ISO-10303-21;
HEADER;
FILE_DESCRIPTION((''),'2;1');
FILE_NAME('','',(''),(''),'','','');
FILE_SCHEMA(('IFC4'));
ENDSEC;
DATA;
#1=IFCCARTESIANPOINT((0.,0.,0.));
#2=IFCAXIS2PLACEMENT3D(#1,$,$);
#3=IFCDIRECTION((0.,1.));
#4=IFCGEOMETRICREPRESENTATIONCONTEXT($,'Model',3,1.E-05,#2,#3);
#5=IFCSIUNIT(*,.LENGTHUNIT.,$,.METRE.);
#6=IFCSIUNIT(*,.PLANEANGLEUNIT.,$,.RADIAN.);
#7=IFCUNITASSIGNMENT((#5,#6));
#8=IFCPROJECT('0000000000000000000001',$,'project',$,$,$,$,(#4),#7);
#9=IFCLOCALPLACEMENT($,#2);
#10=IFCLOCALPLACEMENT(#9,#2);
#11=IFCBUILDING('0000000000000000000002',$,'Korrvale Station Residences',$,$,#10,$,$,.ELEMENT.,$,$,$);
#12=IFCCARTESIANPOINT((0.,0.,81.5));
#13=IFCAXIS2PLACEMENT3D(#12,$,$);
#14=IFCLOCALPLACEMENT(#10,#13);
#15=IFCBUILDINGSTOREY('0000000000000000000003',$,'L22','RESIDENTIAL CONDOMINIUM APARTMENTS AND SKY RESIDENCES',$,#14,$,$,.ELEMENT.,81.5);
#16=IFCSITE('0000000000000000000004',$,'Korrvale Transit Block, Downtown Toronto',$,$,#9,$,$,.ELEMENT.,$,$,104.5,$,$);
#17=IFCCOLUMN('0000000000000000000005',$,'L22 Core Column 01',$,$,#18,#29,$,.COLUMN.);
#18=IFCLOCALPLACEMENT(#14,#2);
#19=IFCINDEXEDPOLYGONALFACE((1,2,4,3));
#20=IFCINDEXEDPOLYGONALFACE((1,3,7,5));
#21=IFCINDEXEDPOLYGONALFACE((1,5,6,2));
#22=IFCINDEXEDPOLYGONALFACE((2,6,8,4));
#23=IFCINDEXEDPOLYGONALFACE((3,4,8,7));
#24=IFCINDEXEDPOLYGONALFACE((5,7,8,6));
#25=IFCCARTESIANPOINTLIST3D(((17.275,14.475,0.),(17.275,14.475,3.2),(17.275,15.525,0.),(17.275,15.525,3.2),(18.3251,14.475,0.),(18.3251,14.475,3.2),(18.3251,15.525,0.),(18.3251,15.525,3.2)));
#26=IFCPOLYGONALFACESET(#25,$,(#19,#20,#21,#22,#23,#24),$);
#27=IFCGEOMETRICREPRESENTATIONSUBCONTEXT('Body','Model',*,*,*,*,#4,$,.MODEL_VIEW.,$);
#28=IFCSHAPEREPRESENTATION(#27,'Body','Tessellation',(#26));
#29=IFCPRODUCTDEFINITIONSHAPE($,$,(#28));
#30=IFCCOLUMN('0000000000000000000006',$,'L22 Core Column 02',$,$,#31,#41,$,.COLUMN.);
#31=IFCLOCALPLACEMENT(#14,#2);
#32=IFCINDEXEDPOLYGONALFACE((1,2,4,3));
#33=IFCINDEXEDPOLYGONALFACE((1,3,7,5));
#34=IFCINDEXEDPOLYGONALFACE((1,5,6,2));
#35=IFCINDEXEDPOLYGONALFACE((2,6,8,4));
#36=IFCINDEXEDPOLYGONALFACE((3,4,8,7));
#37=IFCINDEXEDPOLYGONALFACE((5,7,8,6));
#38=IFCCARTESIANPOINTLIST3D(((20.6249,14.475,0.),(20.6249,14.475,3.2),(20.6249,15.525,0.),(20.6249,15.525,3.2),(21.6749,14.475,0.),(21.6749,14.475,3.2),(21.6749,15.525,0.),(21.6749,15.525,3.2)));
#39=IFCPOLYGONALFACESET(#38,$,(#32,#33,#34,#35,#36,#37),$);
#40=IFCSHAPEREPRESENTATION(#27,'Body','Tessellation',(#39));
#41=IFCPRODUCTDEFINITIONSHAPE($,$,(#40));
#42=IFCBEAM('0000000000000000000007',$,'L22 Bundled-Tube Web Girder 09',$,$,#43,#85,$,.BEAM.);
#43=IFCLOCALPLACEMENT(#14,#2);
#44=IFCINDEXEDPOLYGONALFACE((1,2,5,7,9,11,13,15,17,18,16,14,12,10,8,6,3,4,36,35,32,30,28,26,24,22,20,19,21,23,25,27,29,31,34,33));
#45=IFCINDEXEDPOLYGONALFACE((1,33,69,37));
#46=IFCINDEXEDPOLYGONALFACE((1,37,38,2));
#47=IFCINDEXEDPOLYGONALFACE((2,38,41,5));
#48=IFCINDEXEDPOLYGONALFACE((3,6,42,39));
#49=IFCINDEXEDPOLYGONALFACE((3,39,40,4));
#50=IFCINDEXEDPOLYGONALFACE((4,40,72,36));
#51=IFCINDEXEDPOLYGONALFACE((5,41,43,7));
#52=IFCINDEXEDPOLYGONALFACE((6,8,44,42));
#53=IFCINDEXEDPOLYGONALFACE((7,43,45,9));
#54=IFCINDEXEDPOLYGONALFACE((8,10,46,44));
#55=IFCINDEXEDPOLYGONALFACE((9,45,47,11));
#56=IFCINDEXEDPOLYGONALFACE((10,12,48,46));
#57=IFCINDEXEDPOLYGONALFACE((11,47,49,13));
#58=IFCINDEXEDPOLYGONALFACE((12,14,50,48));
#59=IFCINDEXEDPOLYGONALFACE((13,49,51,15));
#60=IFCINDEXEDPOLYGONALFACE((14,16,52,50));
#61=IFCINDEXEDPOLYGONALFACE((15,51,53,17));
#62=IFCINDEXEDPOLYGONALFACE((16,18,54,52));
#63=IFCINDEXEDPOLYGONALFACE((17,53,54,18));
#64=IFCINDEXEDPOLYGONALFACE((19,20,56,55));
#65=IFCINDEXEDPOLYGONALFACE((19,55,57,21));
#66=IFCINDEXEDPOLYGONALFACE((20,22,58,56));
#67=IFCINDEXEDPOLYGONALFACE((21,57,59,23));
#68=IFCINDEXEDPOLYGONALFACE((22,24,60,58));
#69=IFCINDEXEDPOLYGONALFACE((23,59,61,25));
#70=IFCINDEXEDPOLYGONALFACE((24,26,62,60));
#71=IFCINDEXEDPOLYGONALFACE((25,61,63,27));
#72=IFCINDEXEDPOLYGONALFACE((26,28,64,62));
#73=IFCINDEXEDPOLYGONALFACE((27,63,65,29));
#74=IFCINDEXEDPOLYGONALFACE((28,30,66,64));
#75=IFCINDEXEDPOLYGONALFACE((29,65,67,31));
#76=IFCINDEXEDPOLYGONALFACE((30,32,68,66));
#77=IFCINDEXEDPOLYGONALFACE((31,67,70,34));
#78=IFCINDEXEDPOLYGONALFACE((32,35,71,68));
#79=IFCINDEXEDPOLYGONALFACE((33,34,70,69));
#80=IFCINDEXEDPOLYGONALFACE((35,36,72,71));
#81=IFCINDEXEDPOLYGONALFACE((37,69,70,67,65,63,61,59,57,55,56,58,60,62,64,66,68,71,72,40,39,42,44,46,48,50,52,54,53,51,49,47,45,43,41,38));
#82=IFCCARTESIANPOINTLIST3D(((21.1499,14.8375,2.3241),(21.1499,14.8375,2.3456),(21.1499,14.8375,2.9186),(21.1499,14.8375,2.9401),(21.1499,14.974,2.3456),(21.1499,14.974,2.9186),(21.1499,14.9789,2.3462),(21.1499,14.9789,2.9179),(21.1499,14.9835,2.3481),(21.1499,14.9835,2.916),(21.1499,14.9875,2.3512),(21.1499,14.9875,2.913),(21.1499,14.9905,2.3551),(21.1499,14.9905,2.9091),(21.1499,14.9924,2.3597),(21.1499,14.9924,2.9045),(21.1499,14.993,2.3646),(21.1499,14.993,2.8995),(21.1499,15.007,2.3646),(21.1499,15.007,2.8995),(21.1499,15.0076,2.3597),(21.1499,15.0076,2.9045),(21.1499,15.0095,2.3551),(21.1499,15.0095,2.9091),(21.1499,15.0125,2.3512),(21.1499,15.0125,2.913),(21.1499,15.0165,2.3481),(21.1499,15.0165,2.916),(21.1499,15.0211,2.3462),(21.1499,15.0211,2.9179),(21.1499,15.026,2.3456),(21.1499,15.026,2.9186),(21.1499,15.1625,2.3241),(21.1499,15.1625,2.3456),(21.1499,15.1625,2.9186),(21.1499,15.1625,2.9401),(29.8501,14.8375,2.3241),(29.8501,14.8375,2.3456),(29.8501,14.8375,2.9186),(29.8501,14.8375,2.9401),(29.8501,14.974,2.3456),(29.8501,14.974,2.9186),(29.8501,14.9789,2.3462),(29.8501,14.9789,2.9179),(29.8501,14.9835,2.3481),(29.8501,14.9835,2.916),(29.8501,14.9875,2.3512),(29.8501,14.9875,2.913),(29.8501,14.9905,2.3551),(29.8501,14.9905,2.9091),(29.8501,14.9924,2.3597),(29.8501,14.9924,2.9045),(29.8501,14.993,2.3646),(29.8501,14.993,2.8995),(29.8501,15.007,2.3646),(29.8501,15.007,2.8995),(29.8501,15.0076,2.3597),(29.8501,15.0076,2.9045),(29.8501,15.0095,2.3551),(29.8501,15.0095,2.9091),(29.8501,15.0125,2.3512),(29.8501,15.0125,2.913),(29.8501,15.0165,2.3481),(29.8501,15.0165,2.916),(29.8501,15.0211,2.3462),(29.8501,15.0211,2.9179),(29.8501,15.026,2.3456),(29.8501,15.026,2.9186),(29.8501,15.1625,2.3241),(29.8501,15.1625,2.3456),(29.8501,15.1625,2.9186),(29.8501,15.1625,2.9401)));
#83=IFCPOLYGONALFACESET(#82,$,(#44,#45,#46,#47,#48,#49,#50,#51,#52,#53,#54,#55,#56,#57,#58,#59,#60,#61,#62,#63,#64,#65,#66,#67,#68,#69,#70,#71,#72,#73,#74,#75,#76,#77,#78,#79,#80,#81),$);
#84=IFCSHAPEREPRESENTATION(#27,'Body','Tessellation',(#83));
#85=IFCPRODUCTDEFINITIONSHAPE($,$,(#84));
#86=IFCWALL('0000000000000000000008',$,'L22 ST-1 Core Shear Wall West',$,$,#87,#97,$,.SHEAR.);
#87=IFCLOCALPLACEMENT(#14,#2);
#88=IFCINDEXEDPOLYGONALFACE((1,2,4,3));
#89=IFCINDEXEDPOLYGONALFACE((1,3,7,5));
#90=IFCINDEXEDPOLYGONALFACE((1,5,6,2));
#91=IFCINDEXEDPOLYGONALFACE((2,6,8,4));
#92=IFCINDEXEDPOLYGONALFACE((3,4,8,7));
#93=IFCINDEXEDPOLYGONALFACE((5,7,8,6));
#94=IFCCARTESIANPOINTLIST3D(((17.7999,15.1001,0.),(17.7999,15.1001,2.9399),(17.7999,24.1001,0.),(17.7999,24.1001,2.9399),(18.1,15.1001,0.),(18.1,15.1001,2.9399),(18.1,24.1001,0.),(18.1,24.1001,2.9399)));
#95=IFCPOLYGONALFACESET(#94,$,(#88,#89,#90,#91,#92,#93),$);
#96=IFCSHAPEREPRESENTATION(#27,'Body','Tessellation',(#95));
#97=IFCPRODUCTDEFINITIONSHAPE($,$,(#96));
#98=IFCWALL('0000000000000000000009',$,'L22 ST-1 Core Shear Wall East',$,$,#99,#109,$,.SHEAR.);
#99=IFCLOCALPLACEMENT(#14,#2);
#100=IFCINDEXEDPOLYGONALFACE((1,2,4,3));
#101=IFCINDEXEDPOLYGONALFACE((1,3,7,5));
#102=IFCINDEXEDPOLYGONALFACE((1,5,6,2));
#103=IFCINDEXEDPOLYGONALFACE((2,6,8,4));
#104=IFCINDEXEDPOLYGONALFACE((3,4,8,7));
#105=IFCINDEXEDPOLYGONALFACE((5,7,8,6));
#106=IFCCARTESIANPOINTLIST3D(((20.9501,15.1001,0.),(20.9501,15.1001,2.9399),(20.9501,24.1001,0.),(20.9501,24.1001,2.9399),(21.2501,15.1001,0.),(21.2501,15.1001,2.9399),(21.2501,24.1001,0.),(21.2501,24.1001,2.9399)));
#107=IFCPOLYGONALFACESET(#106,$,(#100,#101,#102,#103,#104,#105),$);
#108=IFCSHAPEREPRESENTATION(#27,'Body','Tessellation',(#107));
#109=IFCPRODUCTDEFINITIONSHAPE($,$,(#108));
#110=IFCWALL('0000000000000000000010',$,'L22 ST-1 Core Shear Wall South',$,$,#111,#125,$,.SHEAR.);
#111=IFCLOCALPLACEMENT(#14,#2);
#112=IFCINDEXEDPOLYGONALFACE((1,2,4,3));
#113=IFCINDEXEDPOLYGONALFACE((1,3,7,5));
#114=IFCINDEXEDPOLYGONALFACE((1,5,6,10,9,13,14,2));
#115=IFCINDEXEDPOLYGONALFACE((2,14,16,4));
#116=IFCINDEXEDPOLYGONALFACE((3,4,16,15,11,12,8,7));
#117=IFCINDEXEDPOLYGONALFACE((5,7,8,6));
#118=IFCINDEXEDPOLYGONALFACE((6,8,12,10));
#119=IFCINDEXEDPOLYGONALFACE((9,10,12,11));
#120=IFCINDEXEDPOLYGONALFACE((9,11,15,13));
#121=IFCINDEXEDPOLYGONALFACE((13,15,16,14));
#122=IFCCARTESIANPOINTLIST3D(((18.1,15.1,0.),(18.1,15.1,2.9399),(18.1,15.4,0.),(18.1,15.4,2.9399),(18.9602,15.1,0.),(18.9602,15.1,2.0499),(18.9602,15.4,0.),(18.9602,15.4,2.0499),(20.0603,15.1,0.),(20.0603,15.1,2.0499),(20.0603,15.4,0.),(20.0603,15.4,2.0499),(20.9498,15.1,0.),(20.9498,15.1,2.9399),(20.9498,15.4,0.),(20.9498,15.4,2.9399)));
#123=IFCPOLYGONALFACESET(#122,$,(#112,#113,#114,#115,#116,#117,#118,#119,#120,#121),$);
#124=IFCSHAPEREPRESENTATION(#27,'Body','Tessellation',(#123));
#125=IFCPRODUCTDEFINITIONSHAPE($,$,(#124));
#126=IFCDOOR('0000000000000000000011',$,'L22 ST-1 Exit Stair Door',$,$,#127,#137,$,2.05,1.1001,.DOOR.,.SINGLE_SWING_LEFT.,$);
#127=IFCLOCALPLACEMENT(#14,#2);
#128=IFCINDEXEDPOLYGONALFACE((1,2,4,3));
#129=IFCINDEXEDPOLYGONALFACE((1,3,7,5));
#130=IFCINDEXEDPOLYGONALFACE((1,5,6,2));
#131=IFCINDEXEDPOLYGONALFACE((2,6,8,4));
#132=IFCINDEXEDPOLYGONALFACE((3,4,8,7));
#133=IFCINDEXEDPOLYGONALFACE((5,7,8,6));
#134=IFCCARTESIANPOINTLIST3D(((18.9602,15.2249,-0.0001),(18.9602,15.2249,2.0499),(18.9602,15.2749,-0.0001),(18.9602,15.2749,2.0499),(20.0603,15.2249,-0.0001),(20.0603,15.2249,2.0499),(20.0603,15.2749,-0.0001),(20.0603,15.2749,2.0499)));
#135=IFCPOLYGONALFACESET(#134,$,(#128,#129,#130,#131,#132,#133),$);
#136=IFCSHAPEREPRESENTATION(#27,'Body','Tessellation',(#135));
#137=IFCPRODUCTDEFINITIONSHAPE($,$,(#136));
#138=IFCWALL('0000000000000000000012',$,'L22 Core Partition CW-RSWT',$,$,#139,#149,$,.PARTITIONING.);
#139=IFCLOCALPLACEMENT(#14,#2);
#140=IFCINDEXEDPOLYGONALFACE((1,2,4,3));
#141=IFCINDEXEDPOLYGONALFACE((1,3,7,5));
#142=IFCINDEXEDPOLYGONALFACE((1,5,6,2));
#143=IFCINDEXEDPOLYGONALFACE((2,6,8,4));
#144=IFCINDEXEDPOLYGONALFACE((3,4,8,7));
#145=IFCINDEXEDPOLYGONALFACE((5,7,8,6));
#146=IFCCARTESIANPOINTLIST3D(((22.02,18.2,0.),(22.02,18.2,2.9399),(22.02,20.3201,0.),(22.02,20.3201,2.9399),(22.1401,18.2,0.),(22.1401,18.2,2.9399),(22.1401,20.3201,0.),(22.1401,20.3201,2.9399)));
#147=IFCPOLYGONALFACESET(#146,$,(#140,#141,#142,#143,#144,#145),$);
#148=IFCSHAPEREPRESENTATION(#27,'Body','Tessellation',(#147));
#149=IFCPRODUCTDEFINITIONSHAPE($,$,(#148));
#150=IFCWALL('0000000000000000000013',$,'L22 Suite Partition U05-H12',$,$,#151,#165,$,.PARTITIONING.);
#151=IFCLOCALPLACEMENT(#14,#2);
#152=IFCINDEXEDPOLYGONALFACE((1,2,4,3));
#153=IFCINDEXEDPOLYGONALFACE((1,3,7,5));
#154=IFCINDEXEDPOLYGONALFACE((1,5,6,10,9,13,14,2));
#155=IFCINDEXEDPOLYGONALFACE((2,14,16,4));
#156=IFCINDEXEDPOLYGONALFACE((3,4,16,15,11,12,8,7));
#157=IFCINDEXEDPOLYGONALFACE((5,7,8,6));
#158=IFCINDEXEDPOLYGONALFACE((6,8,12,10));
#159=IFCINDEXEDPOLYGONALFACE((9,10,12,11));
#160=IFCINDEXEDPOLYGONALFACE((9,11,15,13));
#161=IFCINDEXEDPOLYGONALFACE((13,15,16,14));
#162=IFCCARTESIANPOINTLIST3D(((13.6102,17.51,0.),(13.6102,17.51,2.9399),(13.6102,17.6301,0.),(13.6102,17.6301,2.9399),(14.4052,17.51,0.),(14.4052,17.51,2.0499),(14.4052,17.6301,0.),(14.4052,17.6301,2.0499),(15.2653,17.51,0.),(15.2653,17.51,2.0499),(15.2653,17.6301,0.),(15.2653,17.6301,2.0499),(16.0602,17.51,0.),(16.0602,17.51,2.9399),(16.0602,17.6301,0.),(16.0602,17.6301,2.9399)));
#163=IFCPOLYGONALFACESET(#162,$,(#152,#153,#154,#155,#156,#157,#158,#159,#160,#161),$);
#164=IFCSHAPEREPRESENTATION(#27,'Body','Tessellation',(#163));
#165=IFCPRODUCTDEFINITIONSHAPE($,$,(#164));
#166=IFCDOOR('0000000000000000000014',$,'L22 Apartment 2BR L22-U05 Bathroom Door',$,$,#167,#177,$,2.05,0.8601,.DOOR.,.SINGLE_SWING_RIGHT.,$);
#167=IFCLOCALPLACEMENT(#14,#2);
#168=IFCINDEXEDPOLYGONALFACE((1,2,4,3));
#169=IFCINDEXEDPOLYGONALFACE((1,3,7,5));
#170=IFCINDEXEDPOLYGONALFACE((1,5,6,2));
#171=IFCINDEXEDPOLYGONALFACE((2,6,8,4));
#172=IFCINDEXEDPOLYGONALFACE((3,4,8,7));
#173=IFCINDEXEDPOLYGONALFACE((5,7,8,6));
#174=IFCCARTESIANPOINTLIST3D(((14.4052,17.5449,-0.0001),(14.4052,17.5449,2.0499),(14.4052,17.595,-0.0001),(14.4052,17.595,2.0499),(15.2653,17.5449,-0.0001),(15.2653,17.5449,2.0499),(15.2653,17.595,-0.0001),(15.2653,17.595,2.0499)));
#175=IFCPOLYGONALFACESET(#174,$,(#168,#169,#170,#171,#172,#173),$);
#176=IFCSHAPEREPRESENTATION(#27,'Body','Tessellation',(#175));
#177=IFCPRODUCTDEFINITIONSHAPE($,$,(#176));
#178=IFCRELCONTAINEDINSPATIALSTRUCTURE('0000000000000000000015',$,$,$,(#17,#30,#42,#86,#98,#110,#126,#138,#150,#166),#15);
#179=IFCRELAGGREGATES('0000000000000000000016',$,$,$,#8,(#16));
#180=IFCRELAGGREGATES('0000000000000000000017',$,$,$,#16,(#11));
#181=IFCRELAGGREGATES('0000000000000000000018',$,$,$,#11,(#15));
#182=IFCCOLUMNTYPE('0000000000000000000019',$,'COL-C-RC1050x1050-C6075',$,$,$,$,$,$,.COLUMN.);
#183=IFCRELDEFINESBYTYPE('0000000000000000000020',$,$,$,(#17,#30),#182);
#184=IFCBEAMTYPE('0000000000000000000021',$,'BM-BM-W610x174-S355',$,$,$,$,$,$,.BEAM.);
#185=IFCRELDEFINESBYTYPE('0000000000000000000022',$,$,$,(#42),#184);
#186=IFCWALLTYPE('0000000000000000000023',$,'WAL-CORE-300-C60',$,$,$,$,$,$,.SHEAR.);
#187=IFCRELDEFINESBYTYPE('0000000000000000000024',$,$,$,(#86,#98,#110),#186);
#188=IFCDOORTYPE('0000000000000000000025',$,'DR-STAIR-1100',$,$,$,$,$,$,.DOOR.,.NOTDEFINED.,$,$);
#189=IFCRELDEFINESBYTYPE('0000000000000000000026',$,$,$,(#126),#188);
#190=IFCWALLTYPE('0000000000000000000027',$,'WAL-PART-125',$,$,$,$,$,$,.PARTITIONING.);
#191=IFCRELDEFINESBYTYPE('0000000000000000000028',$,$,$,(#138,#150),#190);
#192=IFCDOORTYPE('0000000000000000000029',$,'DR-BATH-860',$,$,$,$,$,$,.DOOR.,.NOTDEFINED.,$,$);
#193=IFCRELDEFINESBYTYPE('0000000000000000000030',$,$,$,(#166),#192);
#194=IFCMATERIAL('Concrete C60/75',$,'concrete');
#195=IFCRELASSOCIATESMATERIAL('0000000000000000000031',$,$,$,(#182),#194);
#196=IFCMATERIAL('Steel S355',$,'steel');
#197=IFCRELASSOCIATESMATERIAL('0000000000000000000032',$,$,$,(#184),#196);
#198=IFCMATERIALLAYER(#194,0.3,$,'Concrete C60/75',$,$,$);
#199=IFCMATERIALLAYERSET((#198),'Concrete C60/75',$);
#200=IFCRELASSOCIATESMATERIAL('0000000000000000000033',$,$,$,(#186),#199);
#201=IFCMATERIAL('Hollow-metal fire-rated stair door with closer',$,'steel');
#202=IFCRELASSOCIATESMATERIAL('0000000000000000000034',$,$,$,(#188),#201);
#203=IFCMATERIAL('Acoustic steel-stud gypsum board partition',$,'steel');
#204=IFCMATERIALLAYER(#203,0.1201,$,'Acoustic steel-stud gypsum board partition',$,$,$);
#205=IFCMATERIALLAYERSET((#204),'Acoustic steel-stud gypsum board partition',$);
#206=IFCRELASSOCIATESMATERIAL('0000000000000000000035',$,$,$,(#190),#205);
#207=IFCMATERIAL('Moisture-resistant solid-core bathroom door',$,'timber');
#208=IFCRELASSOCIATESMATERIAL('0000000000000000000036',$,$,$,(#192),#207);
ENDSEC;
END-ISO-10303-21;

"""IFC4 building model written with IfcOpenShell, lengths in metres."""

from ifc_helpers import new_model, si_unit, direction, frame, frame_2d, origin, origin_2d, place, context, subcontext, project, spatial, rectangle, i_section, extrude, material, layer, layer_set, material_profile, profile_set, type_object, element, fill, save


model = new_model("IFC4")

# Units and contexts
model_context = context("Model", 3, precision=1e-05, world=origin(), true_north=direction((0.0, 1.0)))
body_context = subcontext(model_context, "Body", "Model", "MODEL_VIEW")
ifc_project = project(units=[si_unit("LENGTHUNIT", "METRE"), si_unit("PLANEANGLEUNIT", "RADIAN")], contexts=[model_context])

# Site, building, storey
site_placement = place(None, origin())
site = spatial("IfcSite", under=ifc_project, at=site_placement, Name="Korrvale Transit Block, Downtown Toronto", CompositionType="ELEMENT", RefElevation=104.5)
building_placement = place(site_placement, origin())
building = spatial("IfcBuilding", under=site, at=building_placement, Name="Korrvale Station Residences", CompositionType="ELEMENT")
storey_placement = place(building_placement, frame((0.0, 0.0, 81.5)))
storey = spatial("IfcBuildingStorey", under=building, at=storey_placement, Name="L22", Description="RESIDENTIAL CONDOMINIUM APARTMENTS AND SKY RESIDENCES", CompositionType="ELEMENT", Elevation=81.5)

# Columns
ifc_material_1 = material(Name="Concrete C60/75", Category="concrete")
ifc_material_profile_1 = material_profile(ifc_material_1, rectangle(XDim=1.05, YDim=1.05, at=origin_2d()), Name="RC1050x1050")
ifc_profile_set_1 = profile_set([ifc_material_profile_1], Name="Concrete C60/75")
column_type = type_object("IfcColumnType", Name="COL-C-RC1050x1050-C6075", PredefinedType="COLUMN", material=ifc_profile_set_1)
for number, where, z_axis, x_axis, name in (
    (1, (17.8, 15.0, 0.0), (0.0, 0.0, 1.0), (1.0, 0.0, 0.0), "L22 Core Column 01"),
    (2, (21.1499, 15.0, 0.0), (0.0, 0.0, 1.0), (1.0, 0.0, 0.0), "L22 Core Column 02"),
):
    element("IfcColumn", number, at=place(storey_placement, frame(where, z_axis=z_axis, x_axis=x_axis)), inside=storey, type_object=column_type, Name=name, PredefinedType="COLUMN", context=body_context, shape_type="SweptSolid", body=[
        extrude(rectangle(XDim=1.05, YDim=1.05, at=origin_2d()), origin(), (0.0, 0.0, 1.0), 3.2),
    ])

# Beam
ifc_material_2 = material(Name="Steel S355", Category="steel")
ifc_material_profile_2 = material_profile(ifc_material_2, i_section(OverallWidth=0.325, OverallDepth=0.616, WebThickness=0.0139, FlangeThickness=0.0215, FilletRadius=0.019, at=origin_2d()), Name="W610x174")
ifc_profile_set_2 = profile_set([ifc_material_profile_2], Name="Steel S355")
beam_type = type_object("IfcBeamType", Name="BM-BM-W610x174-S355", PredefinedType="BEAM", material=ifc_profile_set_2)
beam_placement = place(storey_placement, frame((21.1499, 15.0, 2.6321), z_axis=(1.0, 0.0, 0.0), x_axis=(0.0, 1.0, 0.0)))
element("IfcBeam", 3, at=beam_placement, inside=storey, type_object=beam_type, Name="L22 Bundled-Tube Web Girder 09", PredefinedType="BEAM", context=body_context, shape_type="SweptSolid", body=[
    extrude(i_section(OverallWidth=0.325, OverallDepth=0.616, WebThickness=0.0139, FlangeThickness=0.0215, FilletRadius=0.019, at=origin_2d()), origin(), (0.0, 0.0, 1.0), 8.7002),
])

# Walls
ifc_layer_1 = layer(ifc_material_1, 0.3, Name="Concrete C60/75")
ifc_layer_set_1 = layer_set([ifc_layer_1], Name="Concrete C60/75")
wall_type_1 = type_object("IfcWallType", Name="WAL-CORE-300-C60", PredefinedType="SHEAR", material=ifc_layer_set_1)
for number, where, z_axis, x_axis, name in (
    (4, (17.95, 15.1001, 0.0), (0.0, 0.0, 1.0), (0.0, 1.0, 0.0), "L22 ST-1 Core Shear Wall West"),
    (5, (21.1001, 15.1001, 0.0), (0.0, 0.0, 1.0), (0.0, 1.0, 0.0), "L22 ST-1 Core Shear Wall East"),
):
    element("IfcWall", number, at=place(storey_placement, frame(where, z_axis=z_axis, x_axis=x_axis)), inside=storey, type_object=wall_type_1, Name=name, PredefinedType="SHEAR", context=body_context, shape_type="SweptSolid", body=[
        extrude(rectangle(XDim=9.0, YDim=0.3, at=frame_2d((4.5, 0.0))), origin(), (0.0, 0.0, 1.0), 2.9399),
    ])

# Wall, opening, door
wall_1_placement = place(storey_placement, frame((18.1001, 15.25, 0.0), z_axis=(0.0, 0.0, 1.0), x_axis=(1.0, 0.0, 0.0)))
wall_1 = element("IfcWall", 6, at=wall_1_placement, inside=storey, type_object=wall_type_1, Name="L22 ST-1 Core Shear Wall South", PredefinedType="SHEAR", context=body_context, shape_type="SweptSolid", body=[
    extrude(rectangle(XDim=2.8499, YDim=0.3, at=frame_2d((1.4248, 0.0))), origin(), (0.0, 0.0, 1.0), 2.9399),
])
opening_1_placement = place(wall_1_placement, frame((0.8601, 0.0, 0.0)))
opening_1 = element("IfcOpeningElement", 7, at=opening_1_placement, cuts=wall_1, PredefinedType="OPENING", context=body_context, shape_type="SweptSolid", body=[
    extrude(rectangle(XDim=1.1001, YDim=2.05, at=frame_2d((0.55, 1.0249))), frame((0.0, 0.1602, 0.0), z_axis=(0.0, -1.0, 0.0), x_axis=(1.0, 0.0, 0.0)), (0.0, 0.0, 1.0), 0.3201),
])
ifc_material_3 = material(Name="Hollow-metal fire-rated stair door with closer", Category="steel")
door_type_1 = type_object("IfcDoorType", Name="DR-STAIR-1100", OperationType="NOTDEFINED", PredefinedType="DOOR", material=ifc_material_3)
door_1_placement = place(opening_1_placement, origin())
door_1 = element("IfcDoor", 8, at=door_1_placement, inside=storey, type_object=door_type_1, Name="L22 ST-1 Exit Stair Door", OperationType="SINGLE_SWING_LEFT", OverallHeight=2.05, OverallWidth=1.1001, PredefinedType="DOOR", context=body_context, shape_type="SweptSolid", body=[
    extrude(rectangle(XDim=1.1001, YDim=2.05, at=frame_2d((0.55, 1.0249))), frame((0.0, 0.0249, 0.0), z_axis=(0.0, -1.0, 0.0), x_axis=(1.0, 0.0, 0.0)), (0.0, 0.0, 1.0), 0.05),
])
fill(opening_1, door_1)

# Wall
ifc_material_4 = material(Name="Acoustic steel-stud gypsum board partition", Category="steel")
ifc_layer_2 = layer(ifc_material_4, 0.1201, Name="Acoustic steel-stud gypsum board partition")
ifc_layer_set_2 = layer_set([ifc_layer_2], Name="Acoustic steel-stud gypsum board partition")
wall_type_2 = type_object("IfcWallType", Name="WAL-PART-125", PredefinedType="PARTITIONING", material=ifc_layer_set_2)
wall_2_placement = place(storey_placement, frame((22.0801, 18.2, 0.0), z_axis=(0.0, 0.0, 1.0), x_axis=(0.0, 1.0, 0.0)))
element("IfcWall", 9, at=wall_2_placement, inside=storey, type_object=wall_type_2, Name="L22 Core Partition CW-RSWT", PredefinedType="PARTITIONING", context=body_context, shape_type="SweptSolid", body=[
    extrude(rectangle(XDim=2.1201, YDim=0.1201, at=frame_2d((1.0601, 0.0))), origin(), (0.0, 0.0, 1.0), 2.9399),
])

# Wall, opening, door
wall_3_placement = place(storey_placement, frame((13.6101, 17.5701, 0.0), z_axis=(0.0, 0.0, 1.0), x_axis=(1.0, 0.0, 0.0)))
wall_3 = element("IfcWall", 10, at=wall_3_placement, inside=storey, type_object=wall_type_2, Name="L22 Suite Partition U05-H12", PredefinedType="PARTITIONING", context=body_context, shape_type="SweptSolid", body=[
    extrude(rectangle(XDim=2.45, YDim=0.1201, at=frame_2d((1.2251, 0.0))), origin(), (0.0, 0.0, 1.0), 2.9399),
])
opening_2_placement = place(wall_3_placement, frame((0.7949, 0.0, 0.0)))
opening_2 = element("IfcOpeningElement", 11, at=opening_2_placement, cuts=wall_3, PredefinedType="OPENING", context=body_context, shape_type="SweptSolid", body=[
    extrude(rectangle(XDim=0.8601, YDim=2.05, at=frame_2d((0.4302, 1.0249))), frame((0.0, 0.0701, 0.0), z_axis=(0.0, -1.0, 0.0), x_axis=(1.0, 0.0, 0.0)), (0.0, 0.0, 1.0), 0.1401),
])
ifc_material_5 = material(Name="Moisture-resistant solid-core bathroom door", Category="timber")
door_type_2 = type_object("IfcDoorType", Name="DR-BATH-860", OperationType="NOTDEFINED", PredefinedType="DOOR", material=ifc_material_5)
door_2_placement = place(opening_2_placement, origin())
door_2 = element("IfcDoor", 12, at=door_2_placement, inside=storey, type_object=door_type_2, Name="L22 Apartment 2BR L22-U05 Bathroom Door", OperationType="SINGLE_SWING_RIGHT", OverallHeight=2.05, OverallWidth=0.8601, PredefinedType="DOOR", context=body_context, shape_type="SweptSolid", body=[
    extrude(rectangle(XDim=0.8601, YDim=2.05, at=frame_2d((0.4302, 1.0249))), frame((0.0, 0.0249, 0.0), z_axis=(0.0, -1.0, 0.0), x_axis=(1.0, 0.0, 0.0)), (0.0, 0.0, 1.0), 0.05),
])
fill(opening_2, door_2)

save(model, "model.ifc")
